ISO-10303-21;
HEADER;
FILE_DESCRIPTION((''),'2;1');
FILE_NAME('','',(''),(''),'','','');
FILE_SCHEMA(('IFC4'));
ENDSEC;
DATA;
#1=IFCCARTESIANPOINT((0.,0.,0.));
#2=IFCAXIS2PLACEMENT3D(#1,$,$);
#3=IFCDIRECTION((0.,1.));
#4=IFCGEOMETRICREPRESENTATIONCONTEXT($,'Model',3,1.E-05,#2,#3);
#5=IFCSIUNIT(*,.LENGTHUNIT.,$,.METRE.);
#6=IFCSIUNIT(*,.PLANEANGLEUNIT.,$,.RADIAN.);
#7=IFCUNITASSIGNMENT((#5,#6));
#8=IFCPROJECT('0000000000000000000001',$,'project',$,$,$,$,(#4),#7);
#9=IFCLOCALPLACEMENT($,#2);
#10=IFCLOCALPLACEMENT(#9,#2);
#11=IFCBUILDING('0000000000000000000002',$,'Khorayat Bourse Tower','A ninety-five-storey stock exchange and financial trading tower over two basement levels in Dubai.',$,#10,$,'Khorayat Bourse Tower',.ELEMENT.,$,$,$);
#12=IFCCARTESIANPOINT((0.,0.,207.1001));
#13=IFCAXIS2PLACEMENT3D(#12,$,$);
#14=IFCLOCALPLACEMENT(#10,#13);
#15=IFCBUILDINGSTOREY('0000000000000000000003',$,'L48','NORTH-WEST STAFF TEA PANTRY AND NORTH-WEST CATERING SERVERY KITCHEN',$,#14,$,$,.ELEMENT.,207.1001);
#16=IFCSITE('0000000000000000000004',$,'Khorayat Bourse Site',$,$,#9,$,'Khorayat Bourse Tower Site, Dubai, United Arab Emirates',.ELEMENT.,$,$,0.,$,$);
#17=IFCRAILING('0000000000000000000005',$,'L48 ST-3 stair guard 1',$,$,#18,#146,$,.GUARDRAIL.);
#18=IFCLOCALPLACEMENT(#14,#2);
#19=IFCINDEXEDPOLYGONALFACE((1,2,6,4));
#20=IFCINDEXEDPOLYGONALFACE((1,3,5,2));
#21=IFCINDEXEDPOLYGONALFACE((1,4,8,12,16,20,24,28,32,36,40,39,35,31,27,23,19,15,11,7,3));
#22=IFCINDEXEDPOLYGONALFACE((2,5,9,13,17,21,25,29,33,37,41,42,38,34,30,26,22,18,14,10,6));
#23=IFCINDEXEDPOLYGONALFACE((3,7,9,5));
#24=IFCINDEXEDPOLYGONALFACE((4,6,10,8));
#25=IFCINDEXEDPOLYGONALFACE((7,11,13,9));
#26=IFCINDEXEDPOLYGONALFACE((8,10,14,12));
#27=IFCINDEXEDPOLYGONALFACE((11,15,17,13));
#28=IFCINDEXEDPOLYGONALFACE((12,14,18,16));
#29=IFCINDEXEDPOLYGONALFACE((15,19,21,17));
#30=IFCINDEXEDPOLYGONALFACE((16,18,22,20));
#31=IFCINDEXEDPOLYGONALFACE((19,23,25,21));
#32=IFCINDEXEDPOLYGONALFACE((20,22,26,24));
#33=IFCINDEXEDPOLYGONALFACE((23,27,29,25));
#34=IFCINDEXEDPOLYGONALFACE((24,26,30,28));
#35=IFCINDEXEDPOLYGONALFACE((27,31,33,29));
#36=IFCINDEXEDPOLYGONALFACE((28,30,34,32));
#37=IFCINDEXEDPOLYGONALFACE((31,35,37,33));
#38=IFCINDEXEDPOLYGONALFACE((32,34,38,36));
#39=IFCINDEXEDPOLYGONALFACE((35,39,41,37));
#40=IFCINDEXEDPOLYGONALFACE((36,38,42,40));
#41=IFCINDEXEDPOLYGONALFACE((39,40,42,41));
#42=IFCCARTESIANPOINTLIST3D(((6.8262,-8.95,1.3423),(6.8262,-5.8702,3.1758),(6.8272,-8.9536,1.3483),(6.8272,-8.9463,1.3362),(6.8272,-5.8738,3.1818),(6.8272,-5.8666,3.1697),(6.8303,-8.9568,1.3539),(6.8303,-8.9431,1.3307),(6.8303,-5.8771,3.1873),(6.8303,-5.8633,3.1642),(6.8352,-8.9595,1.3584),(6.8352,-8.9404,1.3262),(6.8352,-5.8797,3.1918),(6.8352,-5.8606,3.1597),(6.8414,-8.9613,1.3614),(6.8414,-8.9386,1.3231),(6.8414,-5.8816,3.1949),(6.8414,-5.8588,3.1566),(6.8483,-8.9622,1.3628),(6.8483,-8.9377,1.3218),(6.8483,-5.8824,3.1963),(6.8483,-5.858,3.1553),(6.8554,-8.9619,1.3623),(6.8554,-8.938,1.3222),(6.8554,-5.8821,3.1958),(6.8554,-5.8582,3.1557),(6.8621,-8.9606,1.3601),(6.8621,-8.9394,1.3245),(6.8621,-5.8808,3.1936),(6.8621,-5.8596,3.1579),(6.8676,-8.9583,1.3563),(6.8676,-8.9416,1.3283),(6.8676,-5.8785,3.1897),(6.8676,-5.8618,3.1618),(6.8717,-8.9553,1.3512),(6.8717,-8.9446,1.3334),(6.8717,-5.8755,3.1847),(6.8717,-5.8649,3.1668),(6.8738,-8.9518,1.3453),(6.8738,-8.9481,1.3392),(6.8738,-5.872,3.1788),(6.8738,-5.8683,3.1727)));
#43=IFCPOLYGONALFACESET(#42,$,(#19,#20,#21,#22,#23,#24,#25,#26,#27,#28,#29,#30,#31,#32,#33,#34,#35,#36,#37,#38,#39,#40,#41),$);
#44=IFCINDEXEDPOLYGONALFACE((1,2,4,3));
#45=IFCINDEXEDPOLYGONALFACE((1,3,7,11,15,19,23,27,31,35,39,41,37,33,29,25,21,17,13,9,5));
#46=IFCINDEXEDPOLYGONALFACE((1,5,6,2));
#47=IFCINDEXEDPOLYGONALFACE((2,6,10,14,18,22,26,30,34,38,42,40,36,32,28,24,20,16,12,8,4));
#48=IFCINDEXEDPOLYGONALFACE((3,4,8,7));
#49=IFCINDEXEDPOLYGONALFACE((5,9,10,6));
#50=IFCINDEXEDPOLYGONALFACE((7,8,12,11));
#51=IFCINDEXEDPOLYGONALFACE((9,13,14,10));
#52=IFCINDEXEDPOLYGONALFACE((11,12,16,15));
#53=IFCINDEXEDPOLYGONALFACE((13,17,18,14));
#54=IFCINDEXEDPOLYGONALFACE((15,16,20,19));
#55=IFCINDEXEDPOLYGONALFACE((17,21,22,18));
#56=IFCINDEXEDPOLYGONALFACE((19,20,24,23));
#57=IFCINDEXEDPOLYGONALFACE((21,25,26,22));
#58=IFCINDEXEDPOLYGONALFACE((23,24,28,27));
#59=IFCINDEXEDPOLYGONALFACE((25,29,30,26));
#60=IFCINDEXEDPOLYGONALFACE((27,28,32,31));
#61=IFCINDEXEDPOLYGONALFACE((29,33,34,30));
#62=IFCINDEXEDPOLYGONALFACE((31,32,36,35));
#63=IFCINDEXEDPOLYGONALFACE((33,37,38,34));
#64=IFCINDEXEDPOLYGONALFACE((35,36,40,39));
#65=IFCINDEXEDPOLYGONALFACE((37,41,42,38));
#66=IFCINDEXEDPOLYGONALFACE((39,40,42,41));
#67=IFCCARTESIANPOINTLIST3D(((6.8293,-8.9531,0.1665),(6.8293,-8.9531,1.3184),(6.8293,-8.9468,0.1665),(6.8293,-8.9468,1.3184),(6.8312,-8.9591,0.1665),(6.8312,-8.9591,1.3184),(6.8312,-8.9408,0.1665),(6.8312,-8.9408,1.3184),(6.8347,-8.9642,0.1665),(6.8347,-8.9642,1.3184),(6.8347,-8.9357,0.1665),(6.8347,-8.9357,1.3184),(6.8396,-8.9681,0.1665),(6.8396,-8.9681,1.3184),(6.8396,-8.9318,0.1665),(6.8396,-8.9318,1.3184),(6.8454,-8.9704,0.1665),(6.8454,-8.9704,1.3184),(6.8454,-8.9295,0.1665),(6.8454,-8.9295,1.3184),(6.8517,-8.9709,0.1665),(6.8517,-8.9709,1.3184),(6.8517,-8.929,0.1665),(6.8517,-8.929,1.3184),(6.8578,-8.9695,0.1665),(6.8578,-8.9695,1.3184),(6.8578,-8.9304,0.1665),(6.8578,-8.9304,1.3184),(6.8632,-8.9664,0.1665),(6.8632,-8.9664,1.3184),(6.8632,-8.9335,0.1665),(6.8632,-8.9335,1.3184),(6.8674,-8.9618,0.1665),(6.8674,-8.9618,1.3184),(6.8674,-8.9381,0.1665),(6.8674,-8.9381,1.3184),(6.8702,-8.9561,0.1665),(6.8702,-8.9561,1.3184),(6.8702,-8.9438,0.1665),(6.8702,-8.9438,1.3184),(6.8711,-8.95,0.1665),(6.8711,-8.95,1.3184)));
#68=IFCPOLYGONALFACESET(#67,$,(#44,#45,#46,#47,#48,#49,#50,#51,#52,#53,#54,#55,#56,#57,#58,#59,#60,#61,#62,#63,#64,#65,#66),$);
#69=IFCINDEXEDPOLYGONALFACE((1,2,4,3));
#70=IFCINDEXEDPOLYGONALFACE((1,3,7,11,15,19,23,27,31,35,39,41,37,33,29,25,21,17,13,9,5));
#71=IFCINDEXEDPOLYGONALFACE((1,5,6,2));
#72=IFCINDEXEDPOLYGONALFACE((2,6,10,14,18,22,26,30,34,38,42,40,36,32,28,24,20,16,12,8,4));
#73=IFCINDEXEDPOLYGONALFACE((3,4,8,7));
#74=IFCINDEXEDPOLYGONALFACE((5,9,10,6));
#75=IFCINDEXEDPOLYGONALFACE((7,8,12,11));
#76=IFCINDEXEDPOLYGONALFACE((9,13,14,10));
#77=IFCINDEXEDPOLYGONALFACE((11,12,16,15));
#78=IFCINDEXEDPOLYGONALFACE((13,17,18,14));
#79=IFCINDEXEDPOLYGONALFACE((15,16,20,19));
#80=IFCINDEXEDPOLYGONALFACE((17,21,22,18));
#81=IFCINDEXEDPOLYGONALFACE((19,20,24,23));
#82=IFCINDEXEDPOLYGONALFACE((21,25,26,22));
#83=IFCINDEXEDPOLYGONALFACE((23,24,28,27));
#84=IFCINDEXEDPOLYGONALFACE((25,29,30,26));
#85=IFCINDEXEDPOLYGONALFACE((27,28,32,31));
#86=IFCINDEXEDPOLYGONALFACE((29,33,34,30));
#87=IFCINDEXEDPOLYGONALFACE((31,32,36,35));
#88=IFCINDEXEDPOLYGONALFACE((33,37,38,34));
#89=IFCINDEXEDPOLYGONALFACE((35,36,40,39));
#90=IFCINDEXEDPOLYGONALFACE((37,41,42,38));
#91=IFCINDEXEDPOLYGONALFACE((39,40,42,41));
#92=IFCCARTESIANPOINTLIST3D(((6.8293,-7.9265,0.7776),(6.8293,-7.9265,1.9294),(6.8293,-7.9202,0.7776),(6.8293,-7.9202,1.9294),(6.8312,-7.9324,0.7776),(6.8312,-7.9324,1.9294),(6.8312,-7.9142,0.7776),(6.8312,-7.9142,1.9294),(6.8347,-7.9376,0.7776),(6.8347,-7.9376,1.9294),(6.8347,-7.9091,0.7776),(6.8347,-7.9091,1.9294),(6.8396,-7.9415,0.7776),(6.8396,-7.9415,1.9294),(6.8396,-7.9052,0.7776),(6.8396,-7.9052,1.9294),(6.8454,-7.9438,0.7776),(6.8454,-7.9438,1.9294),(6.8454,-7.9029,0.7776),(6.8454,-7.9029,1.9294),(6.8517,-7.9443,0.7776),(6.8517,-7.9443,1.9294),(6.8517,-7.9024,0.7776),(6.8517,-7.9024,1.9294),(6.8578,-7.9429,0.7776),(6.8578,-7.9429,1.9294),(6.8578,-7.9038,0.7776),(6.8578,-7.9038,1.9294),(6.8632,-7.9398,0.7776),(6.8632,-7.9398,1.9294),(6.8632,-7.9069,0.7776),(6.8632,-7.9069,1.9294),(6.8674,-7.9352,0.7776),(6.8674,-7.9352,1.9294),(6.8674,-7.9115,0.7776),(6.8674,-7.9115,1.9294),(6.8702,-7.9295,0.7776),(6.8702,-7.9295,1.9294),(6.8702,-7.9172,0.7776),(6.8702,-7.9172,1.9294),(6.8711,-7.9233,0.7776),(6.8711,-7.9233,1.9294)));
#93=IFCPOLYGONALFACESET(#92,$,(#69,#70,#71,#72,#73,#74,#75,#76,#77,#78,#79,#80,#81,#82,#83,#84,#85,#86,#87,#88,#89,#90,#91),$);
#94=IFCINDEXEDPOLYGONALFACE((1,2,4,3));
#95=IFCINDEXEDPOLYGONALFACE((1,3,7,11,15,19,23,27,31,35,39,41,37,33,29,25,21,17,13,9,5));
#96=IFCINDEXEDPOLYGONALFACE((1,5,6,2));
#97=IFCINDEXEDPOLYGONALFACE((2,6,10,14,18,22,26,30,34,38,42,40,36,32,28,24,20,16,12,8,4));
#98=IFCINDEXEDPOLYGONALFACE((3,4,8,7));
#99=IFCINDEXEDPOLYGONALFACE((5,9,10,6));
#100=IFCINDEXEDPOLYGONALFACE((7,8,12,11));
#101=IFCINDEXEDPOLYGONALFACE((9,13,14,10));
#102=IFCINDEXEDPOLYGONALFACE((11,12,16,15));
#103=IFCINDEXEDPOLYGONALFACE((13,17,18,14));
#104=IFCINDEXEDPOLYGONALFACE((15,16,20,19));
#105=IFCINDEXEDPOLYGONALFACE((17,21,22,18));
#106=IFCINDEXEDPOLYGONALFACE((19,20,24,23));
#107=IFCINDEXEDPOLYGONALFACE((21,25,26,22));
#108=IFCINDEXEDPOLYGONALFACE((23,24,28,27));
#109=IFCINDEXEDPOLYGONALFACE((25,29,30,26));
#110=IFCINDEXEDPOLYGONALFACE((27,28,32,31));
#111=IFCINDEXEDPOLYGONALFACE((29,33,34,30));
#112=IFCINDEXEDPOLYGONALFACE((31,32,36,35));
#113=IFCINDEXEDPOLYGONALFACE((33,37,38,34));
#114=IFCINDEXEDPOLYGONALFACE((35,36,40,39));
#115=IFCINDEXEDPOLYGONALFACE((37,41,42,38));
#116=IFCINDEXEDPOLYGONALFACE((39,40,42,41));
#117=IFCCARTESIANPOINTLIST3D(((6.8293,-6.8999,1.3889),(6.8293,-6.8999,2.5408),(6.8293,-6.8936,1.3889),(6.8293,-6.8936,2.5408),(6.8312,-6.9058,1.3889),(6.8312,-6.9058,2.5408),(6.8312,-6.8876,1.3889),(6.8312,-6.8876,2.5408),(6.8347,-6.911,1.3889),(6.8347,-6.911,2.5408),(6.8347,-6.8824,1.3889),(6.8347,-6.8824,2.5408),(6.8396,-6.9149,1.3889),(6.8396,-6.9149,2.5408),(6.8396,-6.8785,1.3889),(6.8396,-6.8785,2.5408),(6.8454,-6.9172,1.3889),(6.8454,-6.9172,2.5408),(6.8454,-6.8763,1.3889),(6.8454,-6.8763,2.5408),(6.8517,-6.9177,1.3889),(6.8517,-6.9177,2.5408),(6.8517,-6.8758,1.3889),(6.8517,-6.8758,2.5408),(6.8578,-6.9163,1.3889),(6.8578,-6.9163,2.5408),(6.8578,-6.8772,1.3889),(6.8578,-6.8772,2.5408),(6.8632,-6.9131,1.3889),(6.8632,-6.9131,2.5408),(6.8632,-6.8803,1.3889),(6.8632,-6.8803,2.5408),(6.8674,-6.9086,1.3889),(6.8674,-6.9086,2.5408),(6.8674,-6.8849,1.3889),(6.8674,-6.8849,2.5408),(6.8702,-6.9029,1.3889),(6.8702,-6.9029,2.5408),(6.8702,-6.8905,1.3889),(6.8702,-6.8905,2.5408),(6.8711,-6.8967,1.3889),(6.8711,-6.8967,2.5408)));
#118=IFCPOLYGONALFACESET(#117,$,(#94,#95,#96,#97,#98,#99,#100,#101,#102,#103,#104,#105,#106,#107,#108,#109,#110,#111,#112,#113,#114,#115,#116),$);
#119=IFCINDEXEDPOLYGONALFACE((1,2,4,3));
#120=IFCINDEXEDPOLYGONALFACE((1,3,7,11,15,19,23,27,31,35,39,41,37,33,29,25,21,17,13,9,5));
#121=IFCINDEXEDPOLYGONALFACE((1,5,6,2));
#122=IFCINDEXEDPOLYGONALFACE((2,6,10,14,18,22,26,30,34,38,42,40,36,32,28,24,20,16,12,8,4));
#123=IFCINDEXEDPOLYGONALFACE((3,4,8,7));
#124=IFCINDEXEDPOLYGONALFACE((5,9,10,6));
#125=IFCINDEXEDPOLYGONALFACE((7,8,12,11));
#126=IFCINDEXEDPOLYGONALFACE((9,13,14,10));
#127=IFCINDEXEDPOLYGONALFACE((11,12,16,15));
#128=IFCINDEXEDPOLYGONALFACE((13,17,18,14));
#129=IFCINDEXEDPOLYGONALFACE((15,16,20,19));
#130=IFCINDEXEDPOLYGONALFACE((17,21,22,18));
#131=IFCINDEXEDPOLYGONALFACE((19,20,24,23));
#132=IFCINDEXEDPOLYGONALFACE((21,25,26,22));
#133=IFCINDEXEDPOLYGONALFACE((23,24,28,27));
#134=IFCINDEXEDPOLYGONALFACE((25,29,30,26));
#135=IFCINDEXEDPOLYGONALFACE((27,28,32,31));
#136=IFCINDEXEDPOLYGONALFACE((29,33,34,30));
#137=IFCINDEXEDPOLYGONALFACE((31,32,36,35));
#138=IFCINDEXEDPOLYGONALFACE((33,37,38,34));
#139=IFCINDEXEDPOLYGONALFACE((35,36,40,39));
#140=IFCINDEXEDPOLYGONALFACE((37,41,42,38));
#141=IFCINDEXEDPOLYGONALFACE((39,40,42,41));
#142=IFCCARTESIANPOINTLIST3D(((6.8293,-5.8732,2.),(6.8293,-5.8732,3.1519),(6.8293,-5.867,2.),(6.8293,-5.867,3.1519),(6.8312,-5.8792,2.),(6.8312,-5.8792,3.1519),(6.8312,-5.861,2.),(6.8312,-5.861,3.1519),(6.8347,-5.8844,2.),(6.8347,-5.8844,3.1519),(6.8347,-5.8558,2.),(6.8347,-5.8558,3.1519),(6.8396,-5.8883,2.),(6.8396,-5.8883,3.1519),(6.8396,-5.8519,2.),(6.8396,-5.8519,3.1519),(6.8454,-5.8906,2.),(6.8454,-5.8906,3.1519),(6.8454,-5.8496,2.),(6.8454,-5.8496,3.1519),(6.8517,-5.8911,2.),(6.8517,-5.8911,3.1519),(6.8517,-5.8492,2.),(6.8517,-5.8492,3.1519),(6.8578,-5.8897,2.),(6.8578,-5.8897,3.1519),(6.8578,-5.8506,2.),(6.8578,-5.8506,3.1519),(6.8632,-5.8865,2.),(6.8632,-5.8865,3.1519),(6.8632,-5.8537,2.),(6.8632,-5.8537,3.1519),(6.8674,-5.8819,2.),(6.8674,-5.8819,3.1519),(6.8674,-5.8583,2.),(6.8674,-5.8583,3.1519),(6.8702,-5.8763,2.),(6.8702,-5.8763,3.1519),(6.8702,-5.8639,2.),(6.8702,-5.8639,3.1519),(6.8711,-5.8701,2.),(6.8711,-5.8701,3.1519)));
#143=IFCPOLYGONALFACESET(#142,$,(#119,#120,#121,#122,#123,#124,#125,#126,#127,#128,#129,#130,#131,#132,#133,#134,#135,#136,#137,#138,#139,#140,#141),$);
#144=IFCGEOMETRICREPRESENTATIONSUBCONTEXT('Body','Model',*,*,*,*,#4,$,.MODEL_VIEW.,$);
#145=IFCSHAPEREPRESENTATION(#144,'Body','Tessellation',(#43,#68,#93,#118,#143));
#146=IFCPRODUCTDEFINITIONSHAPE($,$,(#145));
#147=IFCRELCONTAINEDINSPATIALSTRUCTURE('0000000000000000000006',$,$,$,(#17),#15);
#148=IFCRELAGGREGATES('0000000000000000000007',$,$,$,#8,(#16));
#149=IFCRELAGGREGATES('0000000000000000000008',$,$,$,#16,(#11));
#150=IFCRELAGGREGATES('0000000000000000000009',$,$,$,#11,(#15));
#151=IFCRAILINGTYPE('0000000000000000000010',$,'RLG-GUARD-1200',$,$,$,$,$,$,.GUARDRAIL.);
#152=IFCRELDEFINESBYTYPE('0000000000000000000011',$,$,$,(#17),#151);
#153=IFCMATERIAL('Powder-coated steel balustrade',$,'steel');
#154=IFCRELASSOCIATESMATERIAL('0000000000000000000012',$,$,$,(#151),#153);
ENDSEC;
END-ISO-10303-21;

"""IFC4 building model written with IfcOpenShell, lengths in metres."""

from ifc_helpers import new_model, si_unit, direction, frame, origin, origin_2d, place, context, subcontext, project, spatial, circle, extrude, source, transform, mapped, material, type_object, element, save


model = new_model("IFC4")

# Units and contexts
model_context = context("Model", 3, precision=1e-05, world=origin(), true_north=direction((0.0, 1.0)))
body_context = subcontext(model_context, "Body", "Model", "MODEL_VIEW")
ifc_project = project(units=[si_unit("LENGTHUNIT", "METRE"), si_unit("PLANEANGLEUNIT", "RADIAN")], contexts=[model_context])

# Site, building, storey
site_placement = place(None, origin())
site = spatial("IfcSite", under=ifc_project, at=site_placement, Name="Khorayat Bourse Site", LongName="Khorayat Bourse Tower Site, Dubai, United Arab Emirates", CompositionType="ELEMENT", RefElevation=0.0)
building_placement = place(site_placement, origin())
building = spatial("IfcBuilding", under=site, at=building_placement, Name="Khorayat Bourse Tower", Description="A ninety-five-storey stock exchange and financial trading tower over two basement levels in Dubai.", LongName="Khorayat Bourse Tower", CompositionType="ELEMENT")
storey_placement = place(building_placement, frame((0.0, 0.0, 207.1001)))
storey = spatial("IfcBuildingStorey", under=building, at=storey_placement, Name="L48", Description="NORTH-WEST STAFF TEA PANTRY AND NORTH-WEST CATERING SERVERY KITCHEN", CompositionType="ELEMENT", Elevation=207.1001)

# Railing
ifc_material_1 = material(Name="Powder-coated steel balustrade", Category="steel")
railing_type_1 = type_object("IfcRailingType", Name="RLG-GUARD-1200", PredefinedType="GUARDRAIL", material=ifc_material_1)
shared_shape_1 = source(origin(), body_context, "Body", "SweptSolid", [
    extrude(circle(Radius=0.0239, at=origin_2d()), frame((0.0, 0.0, 1.1758), z_axis=(0.0, 0.859261, 0.511538), x_axis=(-1.0, 0.0, 0.0)), (0.0, 0.0, 1.0), 3.5842),
    extrude(circle(Radius=0.021, at=origin_2d()), origin(), (0.0, 0.0, 1.0), 1.1519),
    extrude(circle(Radius=0.021, at=origin_2d()), frame((0.0, 1.0266, 0.6111)), (0.0, 0.0, 1.0), 1.1519),
    extrude(circle(Radius=0.021, at=origin_2d()), frame((0.0, 2.0532, 1.2224)), (0.0, 0.0, 1.0), 1.1519),
    extrude(circle(Radius=0.021, at=origin_2d()), frame((0.0, 3.0798, 1.8335)), (0.0, 0.0, 1.0), 1.1519),
])
railing_1_placement = place(storey_placement, frame((6.8501, -8.95, 0.1665)))
element("IfcRailing", 1, at=railing_1_placement, inside=storey, type_object=railing_type_1, Name="L48 ST-3 stair guard 1", PredefinedType="GUARDRAIL", context=body_context, shape_type="MappedRepresentation", body=[
    mapped(shared_shape_1, transform((0.0, 0.0, 0.0), scale=1.0)),
])

save(model, "model.ifc")
